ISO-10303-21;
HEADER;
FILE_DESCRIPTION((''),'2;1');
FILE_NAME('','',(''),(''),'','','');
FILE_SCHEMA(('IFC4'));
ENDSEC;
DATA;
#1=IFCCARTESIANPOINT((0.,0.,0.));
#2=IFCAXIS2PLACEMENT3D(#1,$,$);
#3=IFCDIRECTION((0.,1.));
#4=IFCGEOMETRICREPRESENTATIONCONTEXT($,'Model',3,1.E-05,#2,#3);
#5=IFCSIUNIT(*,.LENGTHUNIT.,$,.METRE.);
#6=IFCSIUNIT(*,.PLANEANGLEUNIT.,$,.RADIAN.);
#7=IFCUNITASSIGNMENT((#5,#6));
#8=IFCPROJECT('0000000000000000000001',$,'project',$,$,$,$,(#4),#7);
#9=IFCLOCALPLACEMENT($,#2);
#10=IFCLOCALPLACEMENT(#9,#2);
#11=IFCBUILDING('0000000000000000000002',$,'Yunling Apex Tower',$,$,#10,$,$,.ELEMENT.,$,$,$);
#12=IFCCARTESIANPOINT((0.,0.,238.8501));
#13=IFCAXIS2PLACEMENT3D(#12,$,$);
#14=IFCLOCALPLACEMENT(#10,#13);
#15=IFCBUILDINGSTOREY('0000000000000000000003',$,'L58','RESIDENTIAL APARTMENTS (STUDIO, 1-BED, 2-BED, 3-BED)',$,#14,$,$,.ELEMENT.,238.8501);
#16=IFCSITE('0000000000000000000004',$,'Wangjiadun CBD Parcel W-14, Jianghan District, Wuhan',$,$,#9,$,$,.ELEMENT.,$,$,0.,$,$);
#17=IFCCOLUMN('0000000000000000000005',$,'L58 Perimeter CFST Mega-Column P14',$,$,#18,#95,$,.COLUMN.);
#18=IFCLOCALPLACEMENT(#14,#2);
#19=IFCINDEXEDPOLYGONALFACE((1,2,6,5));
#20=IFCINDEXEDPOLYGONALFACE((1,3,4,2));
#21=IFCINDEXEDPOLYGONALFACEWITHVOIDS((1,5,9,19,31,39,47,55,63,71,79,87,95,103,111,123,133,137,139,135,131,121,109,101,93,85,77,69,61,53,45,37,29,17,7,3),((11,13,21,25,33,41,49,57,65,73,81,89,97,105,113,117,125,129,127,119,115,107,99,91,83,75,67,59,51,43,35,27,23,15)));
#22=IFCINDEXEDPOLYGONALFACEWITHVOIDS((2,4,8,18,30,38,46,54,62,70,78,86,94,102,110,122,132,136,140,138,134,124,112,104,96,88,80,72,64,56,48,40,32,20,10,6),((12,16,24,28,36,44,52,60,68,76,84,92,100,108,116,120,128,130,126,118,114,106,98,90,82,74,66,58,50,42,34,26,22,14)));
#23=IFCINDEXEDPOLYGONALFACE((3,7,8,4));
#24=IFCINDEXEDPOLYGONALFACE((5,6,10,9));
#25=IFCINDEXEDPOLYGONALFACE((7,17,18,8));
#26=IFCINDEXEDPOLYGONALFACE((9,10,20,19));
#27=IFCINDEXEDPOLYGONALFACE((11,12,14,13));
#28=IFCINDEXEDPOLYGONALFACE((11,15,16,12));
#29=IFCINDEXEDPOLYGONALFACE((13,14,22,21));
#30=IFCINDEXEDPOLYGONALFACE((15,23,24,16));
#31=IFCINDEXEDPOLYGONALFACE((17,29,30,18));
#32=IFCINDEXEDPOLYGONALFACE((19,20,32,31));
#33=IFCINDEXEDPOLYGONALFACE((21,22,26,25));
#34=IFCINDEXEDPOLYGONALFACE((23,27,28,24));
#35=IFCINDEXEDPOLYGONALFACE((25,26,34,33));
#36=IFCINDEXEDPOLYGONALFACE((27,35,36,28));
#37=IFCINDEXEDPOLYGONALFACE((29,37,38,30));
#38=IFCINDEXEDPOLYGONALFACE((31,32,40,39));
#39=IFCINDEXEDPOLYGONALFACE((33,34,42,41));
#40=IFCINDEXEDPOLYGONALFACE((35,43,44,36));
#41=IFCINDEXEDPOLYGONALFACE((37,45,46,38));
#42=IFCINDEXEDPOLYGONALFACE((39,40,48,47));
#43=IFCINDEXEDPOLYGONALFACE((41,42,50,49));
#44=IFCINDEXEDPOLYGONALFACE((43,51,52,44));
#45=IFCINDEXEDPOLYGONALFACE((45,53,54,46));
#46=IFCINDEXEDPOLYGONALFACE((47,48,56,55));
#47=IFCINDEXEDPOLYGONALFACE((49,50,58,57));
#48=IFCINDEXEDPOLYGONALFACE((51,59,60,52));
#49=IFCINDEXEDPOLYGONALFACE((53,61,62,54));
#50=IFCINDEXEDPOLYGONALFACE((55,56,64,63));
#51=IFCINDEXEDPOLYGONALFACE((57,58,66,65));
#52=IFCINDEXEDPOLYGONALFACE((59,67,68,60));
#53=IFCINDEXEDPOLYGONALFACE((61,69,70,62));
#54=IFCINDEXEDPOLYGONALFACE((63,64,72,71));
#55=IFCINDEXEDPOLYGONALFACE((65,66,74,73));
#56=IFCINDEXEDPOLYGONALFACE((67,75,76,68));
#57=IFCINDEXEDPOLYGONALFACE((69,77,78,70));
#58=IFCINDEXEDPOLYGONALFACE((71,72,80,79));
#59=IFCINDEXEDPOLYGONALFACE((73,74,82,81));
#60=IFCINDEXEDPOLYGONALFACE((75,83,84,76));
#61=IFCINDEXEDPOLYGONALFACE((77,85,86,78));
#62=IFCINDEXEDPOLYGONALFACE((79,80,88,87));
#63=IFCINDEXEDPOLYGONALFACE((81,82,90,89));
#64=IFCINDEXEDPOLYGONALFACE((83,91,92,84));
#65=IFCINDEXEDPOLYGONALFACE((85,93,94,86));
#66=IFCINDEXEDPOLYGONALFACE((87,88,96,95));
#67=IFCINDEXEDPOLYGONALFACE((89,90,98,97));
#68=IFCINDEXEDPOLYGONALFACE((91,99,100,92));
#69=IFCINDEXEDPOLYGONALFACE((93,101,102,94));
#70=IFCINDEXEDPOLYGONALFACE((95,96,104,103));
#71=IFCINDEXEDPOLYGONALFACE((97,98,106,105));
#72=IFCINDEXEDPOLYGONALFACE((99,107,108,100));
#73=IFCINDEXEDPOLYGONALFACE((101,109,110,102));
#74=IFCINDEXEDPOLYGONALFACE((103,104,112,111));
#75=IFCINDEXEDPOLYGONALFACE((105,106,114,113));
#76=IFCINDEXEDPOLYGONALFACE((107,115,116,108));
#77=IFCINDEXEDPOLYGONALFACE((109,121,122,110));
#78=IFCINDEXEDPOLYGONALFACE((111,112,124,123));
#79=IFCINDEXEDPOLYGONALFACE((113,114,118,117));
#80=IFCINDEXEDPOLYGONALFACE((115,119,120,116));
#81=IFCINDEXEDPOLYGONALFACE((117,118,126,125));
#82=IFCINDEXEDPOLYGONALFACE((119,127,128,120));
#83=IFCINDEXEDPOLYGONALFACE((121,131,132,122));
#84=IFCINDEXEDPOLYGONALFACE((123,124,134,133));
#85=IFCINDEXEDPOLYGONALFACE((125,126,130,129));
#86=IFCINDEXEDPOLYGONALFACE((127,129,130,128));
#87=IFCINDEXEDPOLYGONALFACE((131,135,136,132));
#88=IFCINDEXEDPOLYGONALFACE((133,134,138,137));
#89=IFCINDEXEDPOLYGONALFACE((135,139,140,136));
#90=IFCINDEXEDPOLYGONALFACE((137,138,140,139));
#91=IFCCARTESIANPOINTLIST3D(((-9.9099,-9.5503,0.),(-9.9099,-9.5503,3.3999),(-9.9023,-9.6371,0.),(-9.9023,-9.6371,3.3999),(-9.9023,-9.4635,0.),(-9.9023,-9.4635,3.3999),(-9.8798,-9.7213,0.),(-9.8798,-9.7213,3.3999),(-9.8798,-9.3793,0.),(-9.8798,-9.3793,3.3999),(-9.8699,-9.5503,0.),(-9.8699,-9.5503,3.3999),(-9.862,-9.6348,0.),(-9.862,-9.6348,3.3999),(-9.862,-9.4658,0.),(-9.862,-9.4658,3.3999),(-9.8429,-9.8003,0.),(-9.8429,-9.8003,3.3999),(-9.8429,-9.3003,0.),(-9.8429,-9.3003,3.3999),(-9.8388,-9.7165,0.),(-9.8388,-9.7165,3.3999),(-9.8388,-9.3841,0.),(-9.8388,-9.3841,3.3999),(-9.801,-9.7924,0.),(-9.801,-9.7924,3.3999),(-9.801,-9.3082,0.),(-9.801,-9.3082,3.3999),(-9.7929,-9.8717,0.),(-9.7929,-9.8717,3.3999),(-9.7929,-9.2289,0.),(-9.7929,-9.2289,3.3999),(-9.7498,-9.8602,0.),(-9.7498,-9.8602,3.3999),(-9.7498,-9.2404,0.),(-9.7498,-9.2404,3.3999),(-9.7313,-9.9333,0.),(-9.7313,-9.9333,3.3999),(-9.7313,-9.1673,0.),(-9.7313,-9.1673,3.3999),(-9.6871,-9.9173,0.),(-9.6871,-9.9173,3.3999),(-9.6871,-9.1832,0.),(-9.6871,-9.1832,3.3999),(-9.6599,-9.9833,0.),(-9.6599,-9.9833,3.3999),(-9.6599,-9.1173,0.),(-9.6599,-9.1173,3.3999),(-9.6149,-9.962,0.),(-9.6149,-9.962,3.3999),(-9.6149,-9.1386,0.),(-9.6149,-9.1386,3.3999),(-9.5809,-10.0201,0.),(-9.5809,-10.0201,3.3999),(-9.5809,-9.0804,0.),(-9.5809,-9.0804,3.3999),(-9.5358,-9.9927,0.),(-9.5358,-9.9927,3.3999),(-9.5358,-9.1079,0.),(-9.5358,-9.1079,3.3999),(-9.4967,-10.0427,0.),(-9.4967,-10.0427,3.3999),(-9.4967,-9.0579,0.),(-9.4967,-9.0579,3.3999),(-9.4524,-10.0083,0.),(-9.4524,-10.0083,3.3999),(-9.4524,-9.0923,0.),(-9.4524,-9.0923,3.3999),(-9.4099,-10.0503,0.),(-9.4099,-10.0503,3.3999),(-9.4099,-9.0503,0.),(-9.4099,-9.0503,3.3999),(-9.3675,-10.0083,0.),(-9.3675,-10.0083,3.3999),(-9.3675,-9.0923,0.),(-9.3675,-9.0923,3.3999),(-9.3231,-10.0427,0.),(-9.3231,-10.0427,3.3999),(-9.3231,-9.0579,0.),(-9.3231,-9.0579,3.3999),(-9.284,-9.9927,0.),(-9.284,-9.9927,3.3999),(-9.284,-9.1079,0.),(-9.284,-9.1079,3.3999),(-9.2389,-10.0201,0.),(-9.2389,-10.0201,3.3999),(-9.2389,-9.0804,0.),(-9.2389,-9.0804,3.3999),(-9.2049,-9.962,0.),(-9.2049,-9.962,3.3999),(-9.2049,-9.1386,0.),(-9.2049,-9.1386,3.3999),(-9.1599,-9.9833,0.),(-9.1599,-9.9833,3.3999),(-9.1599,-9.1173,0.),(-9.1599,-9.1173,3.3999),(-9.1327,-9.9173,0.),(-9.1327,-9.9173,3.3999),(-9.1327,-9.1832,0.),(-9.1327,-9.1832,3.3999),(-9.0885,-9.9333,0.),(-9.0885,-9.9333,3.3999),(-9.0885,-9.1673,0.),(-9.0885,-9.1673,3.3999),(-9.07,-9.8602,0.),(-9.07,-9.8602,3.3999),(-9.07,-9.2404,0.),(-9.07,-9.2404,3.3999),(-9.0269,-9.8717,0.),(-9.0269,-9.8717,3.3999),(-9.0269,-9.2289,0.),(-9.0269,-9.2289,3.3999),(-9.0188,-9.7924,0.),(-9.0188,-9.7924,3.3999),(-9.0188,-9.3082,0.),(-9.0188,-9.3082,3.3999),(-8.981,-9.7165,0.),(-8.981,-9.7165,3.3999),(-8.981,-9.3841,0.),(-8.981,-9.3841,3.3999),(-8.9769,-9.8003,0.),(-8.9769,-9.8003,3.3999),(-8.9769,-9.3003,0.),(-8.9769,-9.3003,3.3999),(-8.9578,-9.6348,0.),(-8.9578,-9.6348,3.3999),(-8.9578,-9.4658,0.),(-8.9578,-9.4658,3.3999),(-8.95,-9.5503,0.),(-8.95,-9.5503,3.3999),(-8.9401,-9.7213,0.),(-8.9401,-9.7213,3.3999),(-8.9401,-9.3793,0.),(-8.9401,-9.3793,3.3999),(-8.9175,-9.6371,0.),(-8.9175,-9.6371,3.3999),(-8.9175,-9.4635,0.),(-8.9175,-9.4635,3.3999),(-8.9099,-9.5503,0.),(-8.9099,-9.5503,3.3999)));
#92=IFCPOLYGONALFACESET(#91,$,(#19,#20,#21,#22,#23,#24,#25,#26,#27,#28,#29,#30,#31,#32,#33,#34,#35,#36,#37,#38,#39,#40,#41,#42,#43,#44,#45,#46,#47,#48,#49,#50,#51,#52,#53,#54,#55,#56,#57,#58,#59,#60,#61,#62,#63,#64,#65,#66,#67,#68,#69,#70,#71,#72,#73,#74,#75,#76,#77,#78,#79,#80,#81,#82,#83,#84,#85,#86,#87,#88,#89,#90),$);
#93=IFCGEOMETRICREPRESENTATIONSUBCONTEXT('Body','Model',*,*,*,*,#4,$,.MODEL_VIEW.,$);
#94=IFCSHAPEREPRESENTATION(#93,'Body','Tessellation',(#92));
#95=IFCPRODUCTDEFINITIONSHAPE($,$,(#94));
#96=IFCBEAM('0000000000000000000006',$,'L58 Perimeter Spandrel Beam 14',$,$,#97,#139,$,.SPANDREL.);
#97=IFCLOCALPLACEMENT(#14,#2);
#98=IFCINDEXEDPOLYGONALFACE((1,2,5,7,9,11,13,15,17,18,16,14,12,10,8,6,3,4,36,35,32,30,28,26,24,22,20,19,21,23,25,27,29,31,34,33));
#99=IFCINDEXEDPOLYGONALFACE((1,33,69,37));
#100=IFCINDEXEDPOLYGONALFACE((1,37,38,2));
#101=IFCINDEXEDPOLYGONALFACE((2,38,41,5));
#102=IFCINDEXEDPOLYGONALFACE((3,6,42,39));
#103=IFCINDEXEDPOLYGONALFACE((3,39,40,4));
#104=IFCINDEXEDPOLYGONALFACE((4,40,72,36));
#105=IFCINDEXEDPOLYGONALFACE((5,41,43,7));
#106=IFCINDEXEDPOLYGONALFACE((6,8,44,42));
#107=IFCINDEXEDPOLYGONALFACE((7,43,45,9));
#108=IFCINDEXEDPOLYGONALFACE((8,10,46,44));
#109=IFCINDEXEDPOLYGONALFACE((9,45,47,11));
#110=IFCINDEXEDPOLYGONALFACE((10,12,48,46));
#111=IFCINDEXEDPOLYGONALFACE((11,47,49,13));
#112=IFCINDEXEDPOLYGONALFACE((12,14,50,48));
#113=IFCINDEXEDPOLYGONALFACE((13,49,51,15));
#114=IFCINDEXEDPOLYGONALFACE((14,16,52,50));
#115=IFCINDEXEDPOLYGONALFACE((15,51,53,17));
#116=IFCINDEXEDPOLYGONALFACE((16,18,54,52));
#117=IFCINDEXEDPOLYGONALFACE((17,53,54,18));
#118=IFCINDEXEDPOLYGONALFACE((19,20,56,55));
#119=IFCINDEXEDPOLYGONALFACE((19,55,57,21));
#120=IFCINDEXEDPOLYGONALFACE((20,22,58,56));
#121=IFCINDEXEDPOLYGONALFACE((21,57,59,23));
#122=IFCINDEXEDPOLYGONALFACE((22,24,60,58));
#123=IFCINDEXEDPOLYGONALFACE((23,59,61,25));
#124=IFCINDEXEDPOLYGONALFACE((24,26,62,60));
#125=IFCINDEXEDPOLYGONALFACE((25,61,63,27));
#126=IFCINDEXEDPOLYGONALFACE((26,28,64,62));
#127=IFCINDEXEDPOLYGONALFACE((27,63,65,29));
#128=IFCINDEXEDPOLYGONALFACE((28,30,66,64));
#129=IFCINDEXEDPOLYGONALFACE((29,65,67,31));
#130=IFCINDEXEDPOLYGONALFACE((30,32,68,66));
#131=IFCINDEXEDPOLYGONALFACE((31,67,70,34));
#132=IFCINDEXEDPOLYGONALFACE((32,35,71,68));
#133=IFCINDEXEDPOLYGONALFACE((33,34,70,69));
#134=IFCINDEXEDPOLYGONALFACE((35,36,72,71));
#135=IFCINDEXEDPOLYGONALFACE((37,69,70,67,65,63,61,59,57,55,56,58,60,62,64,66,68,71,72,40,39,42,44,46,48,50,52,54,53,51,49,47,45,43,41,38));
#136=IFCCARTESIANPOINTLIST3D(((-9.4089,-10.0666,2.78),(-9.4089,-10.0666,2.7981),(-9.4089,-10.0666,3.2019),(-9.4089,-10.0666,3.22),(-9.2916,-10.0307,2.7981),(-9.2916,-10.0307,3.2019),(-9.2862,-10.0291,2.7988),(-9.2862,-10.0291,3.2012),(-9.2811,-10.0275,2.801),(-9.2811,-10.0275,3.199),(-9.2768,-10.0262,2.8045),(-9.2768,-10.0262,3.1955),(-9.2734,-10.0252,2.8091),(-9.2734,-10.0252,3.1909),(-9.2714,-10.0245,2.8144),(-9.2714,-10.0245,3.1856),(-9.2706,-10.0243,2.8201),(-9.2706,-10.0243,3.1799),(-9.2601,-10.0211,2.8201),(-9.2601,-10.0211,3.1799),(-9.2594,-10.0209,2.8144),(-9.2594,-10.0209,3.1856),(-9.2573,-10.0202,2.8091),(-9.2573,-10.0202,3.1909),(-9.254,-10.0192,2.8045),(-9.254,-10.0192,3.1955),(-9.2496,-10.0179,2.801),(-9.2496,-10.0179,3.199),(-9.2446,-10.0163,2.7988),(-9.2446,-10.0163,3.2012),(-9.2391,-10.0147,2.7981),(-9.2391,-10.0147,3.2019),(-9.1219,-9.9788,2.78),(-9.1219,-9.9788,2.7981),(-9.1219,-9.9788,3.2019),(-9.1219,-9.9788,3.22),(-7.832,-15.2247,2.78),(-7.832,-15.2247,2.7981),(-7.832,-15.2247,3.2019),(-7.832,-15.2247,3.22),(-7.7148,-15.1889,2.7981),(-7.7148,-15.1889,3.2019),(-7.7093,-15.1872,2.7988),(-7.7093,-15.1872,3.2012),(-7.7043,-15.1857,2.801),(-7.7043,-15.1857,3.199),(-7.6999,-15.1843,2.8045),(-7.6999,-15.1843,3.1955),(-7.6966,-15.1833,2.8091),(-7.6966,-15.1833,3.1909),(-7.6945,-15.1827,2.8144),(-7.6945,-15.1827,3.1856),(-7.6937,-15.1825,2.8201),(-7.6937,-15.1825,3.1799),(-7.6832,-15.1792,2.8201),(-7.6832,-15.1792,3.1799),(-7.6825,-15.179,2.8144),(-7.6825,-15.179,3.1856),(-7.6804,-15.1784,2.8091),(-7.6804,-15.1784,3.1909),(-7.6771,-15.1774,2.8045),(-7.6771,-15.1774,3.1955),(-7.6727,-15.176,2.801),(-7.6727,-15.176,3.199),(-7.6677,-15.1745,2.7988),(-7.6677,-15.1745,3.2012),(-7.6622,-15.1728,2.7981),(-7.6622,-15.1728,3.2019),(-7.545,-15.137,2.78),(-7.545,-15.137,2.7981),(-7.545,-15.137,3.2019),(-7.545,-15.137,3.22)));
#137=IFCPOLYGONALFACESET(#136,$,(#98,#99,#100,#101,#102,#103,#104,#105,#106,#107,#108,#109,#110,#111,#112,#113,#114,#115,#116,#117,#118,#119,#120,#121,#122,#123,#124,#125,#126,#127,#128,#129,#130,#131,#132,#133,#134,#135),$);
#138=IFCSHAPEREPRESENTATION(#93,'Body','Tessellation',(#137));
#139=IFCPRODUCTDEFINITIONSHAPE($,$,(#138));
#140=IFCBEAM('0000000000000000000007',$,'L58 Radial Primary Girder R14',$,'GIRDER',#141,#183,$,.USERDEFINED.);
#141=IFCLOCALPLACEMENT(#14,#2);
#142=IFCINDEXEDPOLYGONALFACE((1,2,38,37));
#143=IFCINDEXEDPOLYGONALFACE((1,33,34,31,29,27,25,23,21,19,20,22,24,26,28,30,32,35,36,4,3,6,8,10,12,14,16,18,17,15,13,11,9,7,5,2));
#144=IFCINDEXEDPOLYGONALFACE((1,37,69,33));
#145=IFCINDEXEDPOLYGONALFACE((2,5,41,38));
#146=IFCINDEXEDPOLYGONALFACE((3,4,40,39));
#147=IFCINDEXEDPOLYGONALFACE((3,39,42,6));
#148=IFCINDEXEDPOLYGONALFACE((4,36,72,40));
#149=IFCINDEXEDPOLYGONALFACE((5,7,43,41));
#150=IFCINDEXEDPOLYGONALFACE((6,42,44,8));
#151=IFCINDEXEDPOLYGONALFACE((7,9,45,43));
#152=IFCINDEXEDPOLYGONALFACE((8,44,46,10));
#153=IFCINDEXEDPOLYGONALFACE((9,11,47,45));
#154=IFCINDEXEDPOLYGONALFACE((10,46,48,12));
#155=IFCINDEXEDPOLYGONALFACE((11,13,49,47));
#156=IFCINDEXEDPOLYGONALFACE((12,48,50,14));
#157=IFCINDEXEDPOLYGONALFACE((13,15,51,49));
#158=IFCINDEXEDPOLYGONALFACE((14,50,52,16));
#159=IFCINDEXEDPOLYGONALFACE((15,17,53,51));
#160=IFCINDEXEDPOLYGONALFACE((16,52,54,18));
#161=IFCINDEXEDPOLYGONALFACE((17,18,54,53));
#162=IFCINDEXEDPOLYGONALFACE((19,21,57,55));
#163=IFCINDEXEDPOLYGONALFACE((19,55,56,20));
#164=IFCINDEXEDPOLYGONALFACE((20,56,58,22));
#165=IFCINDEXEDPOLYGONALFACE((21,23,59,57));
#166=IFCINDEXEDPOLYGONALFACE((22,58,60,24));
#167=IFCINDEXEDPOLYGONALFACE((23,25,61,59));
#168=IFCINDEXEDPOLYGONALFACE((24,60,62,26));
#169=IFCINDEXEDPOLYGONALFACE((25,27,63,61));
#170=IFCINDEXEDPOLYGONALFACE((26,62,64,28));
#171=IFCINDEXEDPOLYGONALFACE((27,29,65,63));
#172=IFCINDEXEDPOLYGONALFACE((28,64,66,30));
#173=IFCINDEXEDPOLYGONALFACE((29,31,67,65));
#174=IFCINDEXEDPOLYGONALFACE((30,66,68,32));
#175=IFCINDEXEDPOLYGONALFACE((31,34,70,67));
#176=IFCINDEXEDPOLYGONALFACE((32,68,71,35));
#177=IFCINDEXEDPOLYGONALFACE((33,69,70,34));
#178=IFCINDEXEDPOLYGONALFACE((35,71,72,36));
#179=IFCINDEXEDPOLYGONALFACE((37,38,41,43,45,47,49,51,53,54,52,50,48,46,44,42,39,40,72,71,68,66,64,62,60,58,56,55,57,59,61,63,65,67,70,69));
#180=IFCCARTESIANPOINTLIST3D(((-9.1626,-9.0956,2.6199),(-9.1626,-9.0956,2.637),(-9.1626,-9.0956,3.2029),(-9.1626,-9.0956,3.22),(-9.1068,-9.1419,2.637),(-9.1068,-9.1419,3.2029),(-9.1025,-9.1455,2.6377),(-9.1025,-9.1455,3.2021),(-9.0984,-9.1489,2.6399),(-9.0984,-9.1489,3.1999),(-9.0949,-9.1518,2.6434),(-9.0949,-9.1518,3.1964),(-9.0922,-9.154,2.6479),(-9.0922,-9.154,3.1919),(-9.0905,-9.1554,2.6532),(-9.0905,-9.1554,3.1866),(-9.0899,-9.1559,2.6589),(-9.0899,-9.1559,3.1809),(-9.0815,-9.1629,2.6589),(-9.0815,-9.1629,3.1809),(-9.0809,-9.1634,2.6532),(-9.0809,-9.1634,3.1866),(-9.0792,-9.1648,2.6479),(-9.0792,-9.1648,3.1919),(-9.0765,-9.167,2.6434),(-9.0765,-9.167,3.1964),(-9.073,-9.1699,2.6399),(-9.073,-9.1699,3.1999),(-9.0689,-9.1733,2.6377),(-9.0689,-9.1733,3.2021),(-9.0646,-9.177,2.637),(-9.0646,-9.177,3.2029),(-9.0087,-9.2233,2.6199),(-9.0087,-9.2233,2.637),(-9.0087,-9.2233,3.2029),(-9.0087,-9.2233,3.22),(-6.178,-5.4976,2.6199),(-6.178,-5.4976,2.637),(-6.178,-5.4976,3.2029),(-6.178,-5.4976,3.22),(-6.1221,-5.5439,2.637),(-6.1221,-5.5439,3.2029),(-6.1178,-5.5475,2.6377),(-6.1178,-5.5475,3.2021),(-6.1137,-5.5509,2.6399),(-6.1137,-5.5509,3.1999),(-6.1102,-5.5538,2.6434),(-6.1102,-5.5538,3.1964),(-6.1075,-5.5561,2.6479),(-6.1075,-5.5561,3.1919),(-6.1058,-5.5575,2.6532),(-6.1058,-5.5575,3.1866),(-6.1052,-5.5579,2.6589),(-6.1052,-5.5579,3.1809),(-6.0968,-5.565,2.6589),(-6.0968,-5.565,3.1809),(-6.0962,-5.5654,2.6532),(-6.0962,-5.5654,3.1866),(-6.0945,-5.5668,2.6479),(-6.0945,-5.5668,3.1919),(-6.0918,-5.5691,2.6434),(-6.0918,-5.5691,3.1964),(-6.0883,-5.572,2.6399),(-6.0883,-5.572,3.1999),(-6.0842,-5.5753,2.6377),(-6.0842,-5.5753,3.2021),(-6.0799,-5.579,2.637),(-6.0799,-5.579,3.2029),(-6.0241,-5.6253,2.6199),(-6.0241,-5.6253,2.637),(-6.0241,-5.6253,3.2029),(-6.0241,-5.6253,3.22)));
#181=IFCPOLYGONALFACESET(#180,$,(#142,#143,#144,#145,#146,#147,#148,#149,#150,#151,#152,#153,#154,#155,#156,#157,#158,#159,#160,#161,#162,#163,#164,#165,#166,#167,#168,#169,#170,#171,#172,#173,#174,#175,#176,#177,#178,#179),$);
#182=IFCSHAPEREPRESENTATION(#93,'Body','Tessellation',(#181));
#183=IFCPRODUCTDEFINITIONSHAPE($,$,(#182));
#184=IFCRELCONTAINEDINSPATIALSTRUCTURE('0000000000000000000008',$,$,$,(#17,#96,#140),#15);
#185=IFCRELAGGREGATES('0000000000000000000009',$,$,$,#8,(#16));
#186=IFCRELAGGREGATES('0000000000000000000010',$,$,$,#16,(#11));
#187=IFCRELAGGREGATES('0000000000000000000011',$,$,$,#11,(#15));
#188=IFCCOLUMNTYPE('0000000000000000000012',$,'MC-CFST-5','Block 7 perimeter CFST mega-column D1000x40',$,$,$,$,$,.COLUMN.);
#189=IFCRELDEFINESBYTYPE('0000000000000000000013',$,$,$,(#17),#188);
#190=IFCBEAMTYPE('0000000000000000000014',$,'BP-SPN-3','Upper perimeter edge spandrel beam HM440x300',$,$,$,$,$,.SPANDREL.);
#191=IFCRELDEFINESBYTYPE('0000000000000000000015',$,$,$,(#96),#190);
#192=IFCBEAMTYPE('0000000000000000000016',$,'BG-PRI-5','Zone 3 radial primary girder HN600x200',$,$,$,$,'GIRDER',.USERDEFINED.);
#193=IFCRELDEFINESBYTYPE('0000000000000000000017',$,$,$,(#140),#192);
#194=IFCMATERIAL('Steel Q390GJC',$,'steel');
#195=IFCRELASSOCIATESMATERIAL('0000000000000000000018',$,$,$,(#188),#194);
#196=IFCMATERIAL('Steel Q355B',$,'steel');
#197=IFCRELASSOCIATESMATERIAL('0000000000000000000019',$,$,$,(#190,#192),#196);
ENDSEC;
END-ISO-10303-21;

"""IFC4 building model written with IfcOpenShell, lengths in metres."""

from ifc_helpers import new_model, si_unit, direction, frame, origin, origin_2d, place, context, subcontext, project, spatial, hollow_circle, i_section, extrude, source, transform, mapped, material, material_profile, profile_set, type_object, element, save


model = new_model("IFC4")

# Units and contexts
model_context = context("Model", 3, precision=1e-05, world=origin(), true_north=direction((0.0, 1.0)))
body_context = subcontext(model_context, "Body", "Model", "MODEL_VIEW")
ifc_project = project(units=[si_unit("LENGTHUNIT", "METRE"), si_unit("PLANEANGLEUNIT", "RADIAN")], contexts=[model_context])

# Site, building, storey
site_placement = place(None, origin())
site = spatial("IfcSite", under=ifc_project, at=site_placement, Name="Wangjiadun CBD Parcel W-14, Jianghan District, Wuhan", CompositionType="ELEMENT", RefElevation=0.0)
building_placement = place(site_placement, origin())
building = spatial("IfcBuilding", under=site, at=building_placement, Name="Yunling Apex Tower", CompositionType="ELEMENT")
storey_placement = place(building_placement, frame((0.0, 0.0, 238.8501)))
storey = spatial("IfcBuildingStorey", under=building, at=storey_placement, Name="L58", Description="RESIDENTIAL APARTMENTS (STUDIO, 1-BED, 2-BED, 3-BED)", CompositionType="ELEMENT", Elevation=238.8501)

# Column
ifc_material_1 = material(Name="Steel Q390GJC", Category="steel")
ifc_material_profile_1 = material_profile(ifc_material_1, hollow_circle(Radius=0.5, WallThickness=0.04, at=origin_2d()))
ifc_profile_set_1 = profile_set([ifc_material_profile_1], Name="Steel Q390GJC")
column_type = type_object("IfcColumnType", Name="MC-CFST-5", Description="Block 7 perimeter CFST mega-column D1000x40", PredefinedType="COLUMN", material=ifc_profile_set_1)
shared_shape_1 = source(origin(), body_context, "Body", "SweptSolid", [
    extrude(hollow_circle(Radius=0.5, WallThickness=0.04, at=origin_2d()), origin(), (0.0, 0.0, 1.0), 3.3999),
])
column_placement = place(storey_placement, frame((-9.4099, -9.5503, 0.0), z_axis=(0.0, 0.0, 1.0), x_axis=(1.0, 0.0, 0.0)))
element("IfcColumn", 1, at=column_placement, inside=storey, type_object=column_type, Name="L58 Perimeter CFST Mega-Column P14", PredefinedType="COLUMN", context=body_context, shape_type="MappedRepresentation", body=[
    mapped(shared_shape_1, transform((0.0, 0.0, 0.0), scale=1.0)),
])

# Beams
ifc_material_2 = material(Name="Steel Q355B", Category="steel")
ifc_material_profile_2 = material_profile(ifc_material_2, i_section(OverallWidth=0.3, OverallDepth=0.4399, WebThickness=0.011, FlangeThickness=0.0181, FilletRadius=0.022, at=origin_2d()))
ifc_profile_set_2 = profile_set([ifc_material_profile_2], Name="Steel Q355B")
beam_type_1 = type_object("IfcBeamType", Name="BP-SPN-3", Description="Upper perimeter edge spandrel beam HM440x300", PredefinedType="SPANDREL", material=ifc_profile_set_2)
shared_shape_2 = source(origin(), body_context, "Body", "SweptSolid", [
    extrude(i_section(OverallWidth=0.3, OverallDepth=0.4399, WebThickness=0.011, FlangeThickness=0.0181, FilletRadius=0.022, at=origin_2d()), origin(), (0.0, 0.0, 1.0), 5.3938),
])
beam_1_placement = place(storey_placement, frame((-9.2654, -10.0227, 3.0), z_axis=(0.292352, -0.956311, 0.0), x_axis=(0.956311, 0.292352, 0.0)))
element("IfcBeam", 2, at=beam_1_placement, inside=storey, type_object=beam_type_1, Name="L58 Perimeter Spandrel Beam 14", PredefinedType="SPANDREL", context=body_context, shape_type="MappedRepresentation", body=[
    mapped(shared_shape_2, transform((0.0, 0.0, 0.0), scale=1.0)),
])
ifc_material_profile_3 = material_profile(ifc_material_2, i_section(OverallWidth=0.2, OverallDepth=0.6001, WebThickness=0.011, FlangeThickness=0.0171, FilletRadius=0.022, at=origin_2d()))
ifc_profile_set_3 = profile_set([ifc_material_profile_3], Name="Steel Q355B")
beam_type_2 = type_object("IfcBeamType", Name="BG-PRI-5", Description="Zone 3 radial primary girder HN600x200", ElementType="GIRDER", PredefinedType="USERDEFINED", material=ifc_profile_set_3)
shared_shape_3 = source(origin(), body_context, "Body", "SweptSolid", [
    extrude(i_section(OverallWidth=0.2, OverallDepth=0.6001, WebThickness=0.011, FlangeThickness=0.0171, FilletRadius=0.022, at=origin_2d()), origin(), (0.0, 0.0, 1.0), 4.6748),
])
beam_2_placement = place(storey_placement, frame((-9.0857, -9.1594, 2.9199), z_axis=(0.638462, 0.769653, 0.0), x_axis=(-0.769653, 0.638462, 0.0)))
element("IfcBeam", 3, at=beam_2_placement, inside=storey, type_object=beam_type_2, Name="L58 Radial Primary Girder R14", ObjectType="GIRDER", PredefinedType="USERDEFINED", context=body_context, shape_type="MappedRepresentation", body=[
    mapped(shared_shape_3, transform((0.0, 0.0, 0.0), scale=1.0)),
])

save(model, "model.ifc")
